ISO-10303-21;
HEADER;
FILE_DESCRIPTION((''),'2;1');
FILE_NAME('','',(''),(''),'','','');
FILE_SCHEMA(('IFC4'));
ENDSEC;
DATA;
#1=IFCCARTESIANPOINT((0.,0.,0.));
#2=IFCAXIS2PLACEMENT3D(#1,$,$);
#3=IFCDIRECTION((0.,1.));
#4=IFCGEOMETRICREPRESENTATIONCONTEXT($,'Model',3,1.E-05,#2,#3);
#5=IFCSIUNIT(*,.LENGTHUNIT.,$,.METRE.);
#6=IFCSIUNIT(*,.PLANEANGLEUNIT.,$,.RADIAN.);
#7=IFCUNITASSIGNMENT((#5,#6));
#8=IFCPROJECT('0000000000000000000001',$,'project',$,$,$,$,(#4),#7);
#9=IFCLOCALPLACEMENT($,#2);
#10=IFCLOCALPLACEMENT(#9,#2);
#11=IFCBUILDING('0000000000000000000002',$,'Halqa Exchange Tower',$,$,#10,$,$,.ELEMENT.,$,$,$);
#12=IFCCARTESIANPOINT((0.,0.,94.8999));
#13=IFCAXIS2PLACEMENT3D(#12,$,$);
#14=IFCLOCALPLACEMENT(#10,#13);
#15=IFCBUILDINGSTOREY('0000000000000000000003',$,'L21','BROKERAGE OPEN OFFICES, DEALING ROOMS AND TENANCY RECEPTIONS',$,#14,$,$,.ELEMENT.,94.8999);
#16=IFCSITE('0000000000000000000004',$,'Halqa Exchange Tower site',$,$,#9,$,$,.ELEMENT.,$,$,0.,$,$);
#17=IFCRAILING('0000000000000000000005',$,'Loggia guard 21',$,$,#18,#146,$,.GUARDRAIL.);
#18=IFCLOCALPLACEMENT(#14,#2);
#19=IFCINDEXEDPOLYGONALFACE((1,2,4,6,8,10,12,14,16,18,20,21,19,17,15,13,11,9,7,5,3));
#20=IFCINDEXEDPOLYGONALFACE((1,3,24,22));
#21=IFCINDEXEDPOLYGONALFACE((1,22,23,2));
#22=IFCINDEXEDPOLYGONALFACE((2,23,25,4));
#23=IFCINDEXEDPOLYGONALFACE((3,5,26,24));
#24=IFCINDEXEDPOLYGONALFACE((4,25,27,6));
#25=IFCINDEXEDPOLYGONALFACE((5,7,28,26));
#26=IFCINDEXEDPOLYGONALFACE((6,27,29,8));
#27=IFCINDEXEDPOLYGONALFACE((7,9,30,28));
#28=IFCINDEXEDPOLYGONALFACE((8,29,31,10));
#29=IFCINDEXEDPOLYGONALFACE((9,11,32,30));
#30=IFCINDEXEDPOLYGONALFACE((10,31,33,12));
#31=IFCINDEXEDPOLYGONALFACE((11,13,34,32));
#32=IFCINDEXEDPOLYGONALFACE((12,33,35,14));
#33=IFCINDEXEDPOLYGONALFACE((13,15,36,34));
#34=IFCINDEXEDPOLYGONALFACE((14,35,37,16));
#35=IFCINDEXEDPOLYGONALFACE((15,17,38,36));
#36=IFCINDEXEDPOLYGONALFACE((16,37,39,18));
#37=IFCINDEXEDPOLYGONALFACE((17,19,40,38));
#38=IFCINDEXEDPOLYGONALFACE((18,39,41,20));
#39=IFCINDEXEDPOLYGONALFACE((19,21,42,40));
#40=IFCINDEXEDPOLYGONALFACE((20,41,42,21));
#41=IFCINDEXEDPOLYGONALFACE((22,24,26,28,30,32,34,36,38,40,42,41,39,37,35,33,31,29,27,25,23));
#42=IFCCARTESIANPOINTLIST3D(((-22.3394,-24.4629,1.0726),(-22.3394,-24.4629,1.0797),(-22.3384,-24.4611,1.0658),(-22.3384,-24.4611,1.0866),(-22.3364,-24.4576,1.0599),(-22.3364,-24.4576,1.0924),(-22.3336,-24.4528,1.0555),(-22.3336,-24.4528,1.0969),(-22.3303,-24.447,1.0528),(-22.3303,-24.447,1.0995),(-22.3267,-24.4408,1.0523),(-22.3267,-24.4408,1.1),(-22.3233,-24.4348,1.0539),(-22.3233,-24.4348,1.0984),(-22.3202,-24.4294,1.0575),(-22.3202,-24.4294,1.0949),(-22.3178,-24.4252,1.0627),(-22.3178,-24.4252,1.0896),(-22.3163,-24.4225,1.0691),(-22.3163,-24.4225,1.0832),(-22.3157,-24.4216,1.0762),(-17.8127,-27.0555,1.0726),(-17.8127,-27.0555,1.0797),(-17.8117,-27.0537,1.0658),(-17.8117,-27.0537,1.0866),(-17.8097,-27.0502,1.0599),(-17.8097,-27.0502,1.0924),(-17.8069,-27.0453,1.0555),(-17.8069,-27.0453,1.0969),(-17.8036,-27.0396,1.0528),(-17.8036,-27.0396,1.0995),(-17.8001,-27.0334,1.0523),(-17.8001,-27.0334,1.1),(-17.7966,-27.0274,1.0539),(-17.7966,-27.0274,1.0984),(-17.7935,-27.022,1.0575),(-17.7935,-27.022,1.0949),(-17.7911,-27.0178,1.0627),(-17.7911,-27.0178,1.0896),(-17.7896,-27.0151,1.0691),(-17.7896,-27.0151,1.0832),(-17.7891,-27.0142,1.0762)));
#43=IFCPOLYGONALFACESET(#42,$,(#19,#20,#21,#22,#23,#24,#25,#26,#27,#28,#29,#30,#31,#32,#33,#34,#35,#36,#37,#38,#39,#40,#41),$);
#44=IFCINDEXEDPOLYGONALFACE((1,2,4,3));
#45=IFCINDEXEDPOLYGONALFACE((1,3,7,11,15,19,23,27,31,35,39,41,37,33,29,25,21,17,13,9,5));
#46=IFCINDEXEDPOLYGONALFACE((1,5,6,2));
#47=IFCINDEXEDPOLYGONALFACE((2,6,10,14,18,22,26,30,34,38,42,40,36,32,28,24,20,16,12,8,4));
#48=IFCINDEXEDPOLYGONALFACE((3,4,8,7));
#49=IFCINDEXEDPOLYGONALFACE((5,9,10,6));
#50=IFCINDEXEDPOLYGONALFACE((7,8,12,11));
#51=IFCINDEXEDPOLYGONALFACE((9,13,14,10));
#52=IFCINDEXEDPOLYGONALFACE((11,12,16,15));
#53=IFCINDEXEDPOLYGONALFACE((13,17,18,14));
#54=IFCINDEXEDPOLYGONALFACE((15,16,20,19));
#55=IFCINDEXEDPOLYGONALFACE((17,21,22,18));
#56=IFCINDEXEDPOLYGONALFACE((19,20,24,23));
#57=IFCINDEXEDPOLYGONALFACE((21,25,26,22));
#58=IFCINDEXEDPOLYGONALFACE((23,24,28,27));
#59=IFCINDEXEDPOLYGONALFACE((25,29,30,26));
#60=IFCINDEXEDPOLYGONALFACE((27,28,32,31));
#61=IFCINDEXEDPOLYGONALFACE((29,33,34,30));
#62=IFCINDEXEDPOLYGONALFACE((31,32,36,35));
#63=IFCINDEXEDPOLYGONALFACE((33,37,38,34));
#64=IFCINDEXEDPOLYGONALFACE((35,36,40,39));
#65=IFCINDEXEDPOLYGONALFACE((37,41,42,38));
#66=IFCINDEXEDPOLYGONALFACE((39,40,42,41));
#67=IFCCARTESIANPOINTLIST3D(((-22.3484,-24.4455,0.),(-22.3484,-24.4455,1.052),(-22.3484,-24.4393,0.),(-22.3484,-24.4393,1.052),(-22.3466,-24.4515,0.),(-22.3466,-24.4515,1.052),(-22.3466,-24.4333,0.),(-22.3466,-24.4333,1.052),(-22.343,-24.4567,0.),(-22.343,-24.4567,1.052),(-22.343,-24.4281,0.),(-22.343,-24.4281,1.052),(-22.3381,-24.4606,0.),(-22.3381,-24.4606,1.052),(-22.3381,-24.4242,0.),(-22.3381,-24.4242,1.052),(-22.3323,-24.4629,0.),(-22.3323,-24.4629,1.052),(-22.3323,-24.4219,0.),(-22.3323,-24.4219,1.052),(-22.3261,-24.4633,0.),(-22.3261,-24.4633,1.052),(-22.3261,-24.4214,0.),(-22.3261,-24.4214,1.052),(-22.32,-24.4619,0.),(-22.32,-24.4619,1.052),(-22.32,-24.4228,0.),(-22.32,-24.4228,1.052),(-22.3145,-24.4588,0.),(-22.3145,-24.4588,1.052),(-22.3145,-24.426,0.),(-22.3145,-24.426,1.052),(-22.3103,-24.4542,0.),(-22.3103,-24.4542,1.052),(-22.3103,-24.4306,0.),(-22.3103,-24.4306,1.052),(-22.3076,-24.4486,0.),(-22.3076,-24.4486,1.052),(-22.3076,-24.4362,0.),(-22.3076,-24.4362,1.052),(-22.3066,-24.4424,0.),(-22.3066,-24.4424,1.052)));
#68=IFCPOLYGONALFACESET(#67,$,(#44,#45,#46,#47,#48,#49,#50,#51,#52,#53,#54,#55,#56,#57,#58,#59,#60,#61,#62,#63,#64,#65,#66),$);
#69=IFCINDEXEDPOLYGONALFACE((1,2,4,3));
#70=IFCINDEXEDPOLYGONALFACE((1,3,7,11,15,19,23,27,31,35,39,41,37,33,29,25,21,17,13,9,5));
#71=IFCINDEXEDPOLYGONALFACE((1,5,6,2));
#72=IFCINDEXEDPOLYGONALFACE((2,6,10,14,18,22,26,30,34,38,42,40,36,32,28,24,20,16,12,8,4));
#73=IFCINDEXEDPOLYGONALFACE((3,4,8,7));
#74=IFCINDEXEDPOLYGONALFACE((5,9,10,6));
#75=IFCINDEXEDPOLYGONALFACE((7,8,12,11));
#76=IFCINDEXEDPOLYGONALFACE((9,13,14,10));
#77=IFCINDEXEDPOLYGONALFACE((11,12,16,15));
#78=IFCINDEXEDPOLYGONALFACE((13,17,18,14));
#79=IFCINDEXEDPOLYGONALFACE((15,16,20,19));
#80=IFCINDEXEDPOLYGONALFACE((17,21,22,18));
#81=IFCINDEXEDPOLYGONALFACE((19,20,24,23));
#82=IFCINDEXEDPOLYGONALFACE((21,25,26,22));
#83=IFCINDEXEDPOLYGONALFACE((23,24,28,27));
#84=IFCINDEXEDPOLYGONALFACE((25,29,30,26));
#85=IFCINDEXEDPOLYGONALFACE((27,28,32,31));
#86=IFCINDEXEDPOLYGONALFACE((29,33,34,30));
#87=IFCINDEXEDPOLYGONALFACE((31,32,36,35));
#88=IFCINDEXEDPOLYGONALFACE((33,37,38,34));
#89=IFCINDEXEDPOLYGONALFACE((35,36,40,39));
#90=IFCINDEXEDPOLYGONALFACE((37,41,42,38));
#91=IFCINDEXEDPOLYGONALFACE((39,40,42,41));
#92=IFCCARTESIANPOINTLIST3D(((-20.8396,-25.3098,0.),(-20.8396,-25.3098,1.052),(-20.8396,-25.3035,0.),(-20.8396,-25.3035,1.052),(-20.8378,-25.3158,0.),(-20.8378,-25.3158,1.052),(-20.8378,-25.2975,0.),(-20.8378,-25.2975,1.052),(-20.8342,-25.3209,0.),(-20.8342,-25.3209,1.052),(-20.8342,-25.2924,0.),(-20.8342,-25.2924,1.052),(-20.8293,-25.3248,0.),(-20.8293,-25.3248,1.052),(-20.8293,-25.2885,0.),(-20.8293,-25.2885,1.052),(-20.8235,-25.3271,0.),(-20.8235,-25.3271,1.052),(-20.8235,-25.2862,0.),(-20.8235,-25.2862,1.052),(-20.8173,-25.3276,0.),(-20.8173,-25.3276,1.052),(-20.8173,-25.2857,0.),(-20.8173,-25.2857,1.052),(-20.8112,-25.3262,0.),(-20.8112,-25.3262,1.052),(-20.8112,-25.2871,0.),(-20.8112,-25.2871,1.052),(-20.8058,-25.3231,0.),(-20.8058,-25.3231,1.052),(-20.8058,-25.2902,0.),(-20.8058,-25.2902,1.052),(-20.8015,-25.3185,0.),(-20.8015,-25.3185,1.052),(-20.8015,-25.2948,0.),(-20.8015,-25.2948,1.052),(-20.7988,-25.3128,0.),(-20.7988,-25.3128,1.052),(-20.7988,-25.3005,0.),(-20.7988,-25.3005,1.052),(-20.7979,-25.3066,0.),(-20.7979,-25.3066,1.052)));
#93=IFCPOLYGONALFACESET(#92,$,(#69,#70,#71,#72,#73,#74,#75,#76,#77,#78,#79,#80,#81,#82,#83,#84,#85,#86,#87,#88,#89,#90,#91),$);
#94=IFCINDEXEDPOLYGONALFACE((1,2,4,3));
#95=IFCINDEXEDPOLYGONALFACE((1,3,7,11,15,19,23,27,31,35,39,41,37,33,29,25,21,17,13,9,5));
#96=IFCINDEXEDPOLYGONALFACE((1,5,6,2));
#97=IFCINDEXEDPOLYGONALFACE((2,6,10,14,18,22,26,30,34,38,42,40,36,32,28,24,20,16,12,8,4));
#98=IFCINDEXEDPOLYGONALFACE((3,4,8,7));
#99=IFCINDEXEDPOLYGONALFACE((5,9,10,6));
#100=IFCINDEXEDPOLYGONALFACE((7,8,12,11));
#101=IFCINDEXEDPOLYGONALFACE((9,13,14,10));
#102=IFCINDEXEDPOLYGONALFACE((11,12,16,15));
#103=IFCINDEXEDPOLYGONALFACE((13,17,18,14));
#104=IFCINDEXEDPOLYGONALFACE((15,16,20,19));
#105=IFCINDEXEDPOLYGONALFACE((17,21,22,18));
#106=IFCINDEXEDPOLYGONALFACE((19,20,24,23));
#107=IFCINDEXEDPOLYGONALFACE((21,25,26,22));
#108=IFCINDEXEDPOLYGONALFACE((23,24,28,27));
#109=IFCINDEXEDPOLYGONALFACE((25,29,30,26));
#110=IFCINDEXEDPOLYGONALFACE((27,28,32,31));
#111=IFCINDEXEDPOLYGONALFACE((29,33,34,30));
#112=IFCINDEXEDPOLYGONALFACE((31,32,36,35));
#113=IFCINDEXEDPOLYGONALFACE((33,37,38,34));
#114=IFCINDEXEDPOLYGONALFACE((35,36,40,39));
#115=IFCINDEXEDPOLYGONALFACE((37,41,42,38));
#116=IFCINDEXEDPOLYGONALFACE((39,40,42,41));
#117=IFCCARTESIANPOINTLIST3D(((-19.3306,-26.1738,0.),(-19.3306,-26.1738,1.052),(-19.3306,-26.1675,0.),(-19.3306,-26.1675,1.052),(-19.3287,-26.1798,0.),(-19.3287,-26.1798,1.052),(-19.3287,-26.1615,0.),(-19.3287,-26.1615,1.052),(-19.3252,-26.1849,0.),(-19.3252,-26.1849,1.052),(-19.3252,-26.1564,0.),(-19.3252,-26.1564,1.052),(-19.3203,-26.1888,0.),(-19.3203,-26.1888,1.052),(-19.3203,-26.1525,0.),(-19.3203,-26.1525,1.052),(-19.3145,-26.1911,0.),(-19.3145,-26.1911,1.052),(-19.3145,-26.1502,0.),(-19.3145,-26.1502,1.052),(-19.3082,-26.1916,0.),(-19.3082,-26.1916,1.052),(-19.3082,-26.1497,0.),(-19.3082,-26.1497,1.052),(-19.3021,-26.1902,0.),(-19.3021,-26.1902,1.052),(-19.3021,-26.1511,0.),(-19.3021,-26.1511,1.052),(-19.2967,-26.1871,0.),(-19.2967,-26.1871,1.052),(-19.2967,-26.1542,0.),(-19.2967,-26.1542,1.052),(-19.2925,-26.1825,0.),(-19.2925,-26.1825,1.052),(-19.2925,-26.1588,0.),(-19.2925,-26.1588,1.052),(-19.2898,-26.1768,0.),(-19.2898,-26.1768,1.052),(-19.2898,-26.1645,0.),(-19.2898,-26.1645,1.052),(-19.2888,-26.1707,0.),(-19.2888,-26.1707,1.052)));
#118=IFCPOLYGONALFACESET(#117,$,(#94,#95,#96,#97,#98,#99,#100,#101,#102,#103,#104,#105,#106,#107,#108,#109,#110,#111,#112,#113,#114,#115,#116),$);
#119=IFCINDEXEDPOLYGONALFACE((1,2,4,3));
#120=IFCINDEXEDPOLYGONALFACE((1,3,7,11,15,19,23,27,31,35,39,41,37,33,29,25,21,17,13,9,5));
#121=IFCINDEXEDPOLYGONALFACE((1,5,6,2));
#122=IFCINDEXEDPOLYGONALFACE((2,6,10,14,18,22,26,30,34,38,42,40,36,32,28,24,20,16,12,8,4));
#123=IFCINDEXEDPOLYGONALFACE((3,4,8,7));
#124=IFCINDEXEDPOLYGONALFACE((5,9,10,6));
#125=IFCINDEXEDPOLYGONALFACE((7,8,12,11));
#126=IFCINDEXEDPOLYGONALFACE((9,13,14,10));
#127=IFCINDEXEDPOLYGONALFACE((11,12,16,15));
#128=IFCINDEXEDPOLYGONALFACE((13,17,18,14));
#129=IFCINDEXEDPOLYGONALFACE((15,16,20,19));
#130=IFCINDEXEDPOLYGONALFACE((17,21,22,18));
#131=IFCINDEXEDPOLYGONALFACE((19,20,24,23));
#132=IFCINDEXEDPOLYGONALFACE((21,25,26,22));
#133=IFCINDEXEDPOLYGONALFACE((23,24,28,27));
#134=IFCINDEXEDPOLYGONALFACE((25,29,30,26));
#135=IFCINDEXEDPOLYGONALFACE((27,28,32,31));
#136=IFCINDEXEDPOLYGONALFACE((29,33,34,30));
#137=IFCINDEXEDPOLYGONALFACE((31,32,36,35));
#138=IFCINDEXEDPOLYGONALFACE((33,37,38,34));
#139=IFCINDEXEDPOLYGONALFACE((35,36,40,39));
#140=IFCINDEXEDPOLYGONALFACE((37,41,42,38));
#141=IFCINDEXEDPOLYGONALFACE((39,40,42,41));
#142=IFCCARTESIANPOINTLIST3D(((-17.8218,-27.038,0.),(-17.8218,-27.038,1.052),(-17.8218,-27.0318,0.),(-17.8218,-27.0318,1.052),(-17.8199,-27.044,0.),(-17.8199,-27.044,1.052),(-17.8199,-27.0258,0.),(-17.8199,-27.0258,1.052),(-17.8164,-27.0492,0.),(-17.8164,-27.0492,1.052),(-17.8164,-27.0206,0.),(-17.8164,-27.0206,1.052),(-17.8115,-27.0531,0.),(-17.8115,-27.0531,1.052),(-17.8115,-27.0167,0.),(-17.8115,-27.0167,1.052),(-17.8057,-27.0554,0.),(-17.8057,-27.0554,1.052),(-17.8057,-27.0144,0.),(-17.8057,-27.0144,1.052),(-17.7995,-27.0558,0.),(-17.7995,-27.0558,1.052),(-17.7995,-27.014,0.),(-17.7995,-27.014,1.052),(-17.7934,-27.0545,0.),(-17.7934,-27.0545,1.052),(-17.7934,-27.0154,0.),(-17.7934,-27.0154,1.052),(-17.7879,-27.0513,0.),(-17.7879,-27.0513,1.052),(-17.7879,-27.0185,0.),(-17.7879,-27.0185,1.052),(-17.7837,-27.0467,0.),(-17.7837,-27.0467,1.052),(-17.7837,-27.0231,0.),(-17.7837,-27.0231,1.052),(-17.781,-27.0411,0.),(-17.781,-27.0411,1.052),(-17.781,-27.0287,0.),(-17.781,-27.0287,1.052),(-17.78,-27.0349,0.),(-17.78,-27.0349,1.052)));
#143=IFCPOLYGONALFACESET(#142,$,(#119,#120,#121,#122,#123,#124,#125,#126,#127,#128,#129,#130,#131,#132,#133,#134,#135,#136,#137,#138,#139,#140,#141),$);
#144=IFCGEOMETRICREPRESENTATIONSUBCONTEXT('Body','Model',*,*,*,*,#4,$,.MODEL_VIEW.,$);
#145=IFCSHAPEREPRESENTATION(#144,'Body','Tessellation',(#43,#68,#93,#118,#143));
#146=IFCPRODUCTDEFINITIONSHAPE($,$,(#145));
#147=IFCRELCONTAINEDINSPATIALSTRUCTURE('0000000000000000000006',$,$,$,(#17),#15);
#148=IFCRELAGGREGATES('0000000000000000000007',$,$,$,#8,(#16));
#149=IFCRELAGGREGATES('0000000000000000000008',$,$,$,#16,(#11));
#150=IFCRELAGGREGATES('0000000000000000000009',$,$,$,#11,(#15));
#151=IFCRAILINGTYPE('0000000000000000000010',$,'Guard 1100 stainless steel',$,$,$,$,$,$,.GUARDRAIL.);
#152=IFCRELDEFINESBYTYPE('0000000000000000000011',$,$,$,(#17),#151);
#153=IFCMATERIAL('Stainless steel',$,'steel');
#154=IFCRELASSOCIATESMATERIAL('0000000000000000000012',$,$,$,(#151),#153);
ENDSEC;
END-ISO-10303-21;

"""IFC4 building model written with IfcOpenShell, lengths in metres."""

from ifc_helpers import new_model, si_unit, direction, frame, origin, origin_2d, place, context, subcontext, project, spatial, circle, extrude, material, type_object, element, save


model = new_model("IFC4")

# Units and contexts
model_context = context("Model", 3, precision=1e-05, world=origin(), true_north=direction((0.0, 1.0)))
body_context = subcontext(model_context, "Body", "Model", "MODEL_VIEW")
ifc_project = project(units=[si_unit("LENGTHUNIT", "METRE"), si_unit("PLANEANGLEUNIT", "RADIAN")], contexts=[model_context])

# Site, building, storey
site_placement = place(None, origin())
site = spatial("IfcSite", under=ifc_project, at=site_placement, Name="Halqa Exchange Tower site", CompositionType="ELEMENT", RefElevation=0.0)
building_placement = place(site_placement, origin())
building = spatial("IfcBuilding", under=site, at=building_placement, Name="Halqa Exchange Tower", CompositionType="ELEMENT")
storey_placement = place(building_placement, frame((0.0, 0.0, 94.8999)))
storey = spatial("IfcBuildingStorey", under=building, at=storey_placement, Name="L21", Description="BROKERAGE OPEN OFFICES, DEALING ROOMS AND TENANCY RECEPTIONS", CompositionType="ELEMENT", Elevation=94.8999)

# Railing
ifc_material_1 = material(Name="Stainless steel", Category="steel")
railing_type = type_object("IfcRailingType", Name="Guard 1100 stainless steel", PredefinedType="GUARDRAIL", material=ifc_material_1)
railing_1_placement = place(storey_placement, frame((-22.3276, -24.4424, 0.0)))
element("IfcRailing", 1, at=railing_1_placement, inside=storey, type_object=railing_type, Name="Loggia guard 21", PredefinedType="GUARDRAIL", context=body_context, shape_type="SweptSolid", body=[
    extrude(circle(Radius=0.0239, at=origin_2d()), frame((0.0, 0.0, 1.0762), z_axis=(0.867756, -0.49699, 0.0), x_axis=(0.49699, 0.867756, 0.0)), (0.0, 0.0, 1.0), 5.2166),
    extrude(circle(Radius=0.021, at=origin_2d()), origin(), (0.0, 0.0, 1.0), 1.052),
    extrude(circle(Radius=0.021, at=origin_2d()), frame((1.5088, -0.8643, 0.0)), (0.0, 0.0, 1.0), 1.052),
    extrude(circle(Radius=0.021, at=origin_2d()), frame((3.0178, -1.7283, 0.0)), (0.0, 0.0, 1.0), 1.052),
    extrude(circle(Radius=0.021, at=origin_2d()), frame((4.5266, -2.5925, 0.0)), (0.0, 0.0, 1.0), 1.052),
])

save(model, "model.ifc")
